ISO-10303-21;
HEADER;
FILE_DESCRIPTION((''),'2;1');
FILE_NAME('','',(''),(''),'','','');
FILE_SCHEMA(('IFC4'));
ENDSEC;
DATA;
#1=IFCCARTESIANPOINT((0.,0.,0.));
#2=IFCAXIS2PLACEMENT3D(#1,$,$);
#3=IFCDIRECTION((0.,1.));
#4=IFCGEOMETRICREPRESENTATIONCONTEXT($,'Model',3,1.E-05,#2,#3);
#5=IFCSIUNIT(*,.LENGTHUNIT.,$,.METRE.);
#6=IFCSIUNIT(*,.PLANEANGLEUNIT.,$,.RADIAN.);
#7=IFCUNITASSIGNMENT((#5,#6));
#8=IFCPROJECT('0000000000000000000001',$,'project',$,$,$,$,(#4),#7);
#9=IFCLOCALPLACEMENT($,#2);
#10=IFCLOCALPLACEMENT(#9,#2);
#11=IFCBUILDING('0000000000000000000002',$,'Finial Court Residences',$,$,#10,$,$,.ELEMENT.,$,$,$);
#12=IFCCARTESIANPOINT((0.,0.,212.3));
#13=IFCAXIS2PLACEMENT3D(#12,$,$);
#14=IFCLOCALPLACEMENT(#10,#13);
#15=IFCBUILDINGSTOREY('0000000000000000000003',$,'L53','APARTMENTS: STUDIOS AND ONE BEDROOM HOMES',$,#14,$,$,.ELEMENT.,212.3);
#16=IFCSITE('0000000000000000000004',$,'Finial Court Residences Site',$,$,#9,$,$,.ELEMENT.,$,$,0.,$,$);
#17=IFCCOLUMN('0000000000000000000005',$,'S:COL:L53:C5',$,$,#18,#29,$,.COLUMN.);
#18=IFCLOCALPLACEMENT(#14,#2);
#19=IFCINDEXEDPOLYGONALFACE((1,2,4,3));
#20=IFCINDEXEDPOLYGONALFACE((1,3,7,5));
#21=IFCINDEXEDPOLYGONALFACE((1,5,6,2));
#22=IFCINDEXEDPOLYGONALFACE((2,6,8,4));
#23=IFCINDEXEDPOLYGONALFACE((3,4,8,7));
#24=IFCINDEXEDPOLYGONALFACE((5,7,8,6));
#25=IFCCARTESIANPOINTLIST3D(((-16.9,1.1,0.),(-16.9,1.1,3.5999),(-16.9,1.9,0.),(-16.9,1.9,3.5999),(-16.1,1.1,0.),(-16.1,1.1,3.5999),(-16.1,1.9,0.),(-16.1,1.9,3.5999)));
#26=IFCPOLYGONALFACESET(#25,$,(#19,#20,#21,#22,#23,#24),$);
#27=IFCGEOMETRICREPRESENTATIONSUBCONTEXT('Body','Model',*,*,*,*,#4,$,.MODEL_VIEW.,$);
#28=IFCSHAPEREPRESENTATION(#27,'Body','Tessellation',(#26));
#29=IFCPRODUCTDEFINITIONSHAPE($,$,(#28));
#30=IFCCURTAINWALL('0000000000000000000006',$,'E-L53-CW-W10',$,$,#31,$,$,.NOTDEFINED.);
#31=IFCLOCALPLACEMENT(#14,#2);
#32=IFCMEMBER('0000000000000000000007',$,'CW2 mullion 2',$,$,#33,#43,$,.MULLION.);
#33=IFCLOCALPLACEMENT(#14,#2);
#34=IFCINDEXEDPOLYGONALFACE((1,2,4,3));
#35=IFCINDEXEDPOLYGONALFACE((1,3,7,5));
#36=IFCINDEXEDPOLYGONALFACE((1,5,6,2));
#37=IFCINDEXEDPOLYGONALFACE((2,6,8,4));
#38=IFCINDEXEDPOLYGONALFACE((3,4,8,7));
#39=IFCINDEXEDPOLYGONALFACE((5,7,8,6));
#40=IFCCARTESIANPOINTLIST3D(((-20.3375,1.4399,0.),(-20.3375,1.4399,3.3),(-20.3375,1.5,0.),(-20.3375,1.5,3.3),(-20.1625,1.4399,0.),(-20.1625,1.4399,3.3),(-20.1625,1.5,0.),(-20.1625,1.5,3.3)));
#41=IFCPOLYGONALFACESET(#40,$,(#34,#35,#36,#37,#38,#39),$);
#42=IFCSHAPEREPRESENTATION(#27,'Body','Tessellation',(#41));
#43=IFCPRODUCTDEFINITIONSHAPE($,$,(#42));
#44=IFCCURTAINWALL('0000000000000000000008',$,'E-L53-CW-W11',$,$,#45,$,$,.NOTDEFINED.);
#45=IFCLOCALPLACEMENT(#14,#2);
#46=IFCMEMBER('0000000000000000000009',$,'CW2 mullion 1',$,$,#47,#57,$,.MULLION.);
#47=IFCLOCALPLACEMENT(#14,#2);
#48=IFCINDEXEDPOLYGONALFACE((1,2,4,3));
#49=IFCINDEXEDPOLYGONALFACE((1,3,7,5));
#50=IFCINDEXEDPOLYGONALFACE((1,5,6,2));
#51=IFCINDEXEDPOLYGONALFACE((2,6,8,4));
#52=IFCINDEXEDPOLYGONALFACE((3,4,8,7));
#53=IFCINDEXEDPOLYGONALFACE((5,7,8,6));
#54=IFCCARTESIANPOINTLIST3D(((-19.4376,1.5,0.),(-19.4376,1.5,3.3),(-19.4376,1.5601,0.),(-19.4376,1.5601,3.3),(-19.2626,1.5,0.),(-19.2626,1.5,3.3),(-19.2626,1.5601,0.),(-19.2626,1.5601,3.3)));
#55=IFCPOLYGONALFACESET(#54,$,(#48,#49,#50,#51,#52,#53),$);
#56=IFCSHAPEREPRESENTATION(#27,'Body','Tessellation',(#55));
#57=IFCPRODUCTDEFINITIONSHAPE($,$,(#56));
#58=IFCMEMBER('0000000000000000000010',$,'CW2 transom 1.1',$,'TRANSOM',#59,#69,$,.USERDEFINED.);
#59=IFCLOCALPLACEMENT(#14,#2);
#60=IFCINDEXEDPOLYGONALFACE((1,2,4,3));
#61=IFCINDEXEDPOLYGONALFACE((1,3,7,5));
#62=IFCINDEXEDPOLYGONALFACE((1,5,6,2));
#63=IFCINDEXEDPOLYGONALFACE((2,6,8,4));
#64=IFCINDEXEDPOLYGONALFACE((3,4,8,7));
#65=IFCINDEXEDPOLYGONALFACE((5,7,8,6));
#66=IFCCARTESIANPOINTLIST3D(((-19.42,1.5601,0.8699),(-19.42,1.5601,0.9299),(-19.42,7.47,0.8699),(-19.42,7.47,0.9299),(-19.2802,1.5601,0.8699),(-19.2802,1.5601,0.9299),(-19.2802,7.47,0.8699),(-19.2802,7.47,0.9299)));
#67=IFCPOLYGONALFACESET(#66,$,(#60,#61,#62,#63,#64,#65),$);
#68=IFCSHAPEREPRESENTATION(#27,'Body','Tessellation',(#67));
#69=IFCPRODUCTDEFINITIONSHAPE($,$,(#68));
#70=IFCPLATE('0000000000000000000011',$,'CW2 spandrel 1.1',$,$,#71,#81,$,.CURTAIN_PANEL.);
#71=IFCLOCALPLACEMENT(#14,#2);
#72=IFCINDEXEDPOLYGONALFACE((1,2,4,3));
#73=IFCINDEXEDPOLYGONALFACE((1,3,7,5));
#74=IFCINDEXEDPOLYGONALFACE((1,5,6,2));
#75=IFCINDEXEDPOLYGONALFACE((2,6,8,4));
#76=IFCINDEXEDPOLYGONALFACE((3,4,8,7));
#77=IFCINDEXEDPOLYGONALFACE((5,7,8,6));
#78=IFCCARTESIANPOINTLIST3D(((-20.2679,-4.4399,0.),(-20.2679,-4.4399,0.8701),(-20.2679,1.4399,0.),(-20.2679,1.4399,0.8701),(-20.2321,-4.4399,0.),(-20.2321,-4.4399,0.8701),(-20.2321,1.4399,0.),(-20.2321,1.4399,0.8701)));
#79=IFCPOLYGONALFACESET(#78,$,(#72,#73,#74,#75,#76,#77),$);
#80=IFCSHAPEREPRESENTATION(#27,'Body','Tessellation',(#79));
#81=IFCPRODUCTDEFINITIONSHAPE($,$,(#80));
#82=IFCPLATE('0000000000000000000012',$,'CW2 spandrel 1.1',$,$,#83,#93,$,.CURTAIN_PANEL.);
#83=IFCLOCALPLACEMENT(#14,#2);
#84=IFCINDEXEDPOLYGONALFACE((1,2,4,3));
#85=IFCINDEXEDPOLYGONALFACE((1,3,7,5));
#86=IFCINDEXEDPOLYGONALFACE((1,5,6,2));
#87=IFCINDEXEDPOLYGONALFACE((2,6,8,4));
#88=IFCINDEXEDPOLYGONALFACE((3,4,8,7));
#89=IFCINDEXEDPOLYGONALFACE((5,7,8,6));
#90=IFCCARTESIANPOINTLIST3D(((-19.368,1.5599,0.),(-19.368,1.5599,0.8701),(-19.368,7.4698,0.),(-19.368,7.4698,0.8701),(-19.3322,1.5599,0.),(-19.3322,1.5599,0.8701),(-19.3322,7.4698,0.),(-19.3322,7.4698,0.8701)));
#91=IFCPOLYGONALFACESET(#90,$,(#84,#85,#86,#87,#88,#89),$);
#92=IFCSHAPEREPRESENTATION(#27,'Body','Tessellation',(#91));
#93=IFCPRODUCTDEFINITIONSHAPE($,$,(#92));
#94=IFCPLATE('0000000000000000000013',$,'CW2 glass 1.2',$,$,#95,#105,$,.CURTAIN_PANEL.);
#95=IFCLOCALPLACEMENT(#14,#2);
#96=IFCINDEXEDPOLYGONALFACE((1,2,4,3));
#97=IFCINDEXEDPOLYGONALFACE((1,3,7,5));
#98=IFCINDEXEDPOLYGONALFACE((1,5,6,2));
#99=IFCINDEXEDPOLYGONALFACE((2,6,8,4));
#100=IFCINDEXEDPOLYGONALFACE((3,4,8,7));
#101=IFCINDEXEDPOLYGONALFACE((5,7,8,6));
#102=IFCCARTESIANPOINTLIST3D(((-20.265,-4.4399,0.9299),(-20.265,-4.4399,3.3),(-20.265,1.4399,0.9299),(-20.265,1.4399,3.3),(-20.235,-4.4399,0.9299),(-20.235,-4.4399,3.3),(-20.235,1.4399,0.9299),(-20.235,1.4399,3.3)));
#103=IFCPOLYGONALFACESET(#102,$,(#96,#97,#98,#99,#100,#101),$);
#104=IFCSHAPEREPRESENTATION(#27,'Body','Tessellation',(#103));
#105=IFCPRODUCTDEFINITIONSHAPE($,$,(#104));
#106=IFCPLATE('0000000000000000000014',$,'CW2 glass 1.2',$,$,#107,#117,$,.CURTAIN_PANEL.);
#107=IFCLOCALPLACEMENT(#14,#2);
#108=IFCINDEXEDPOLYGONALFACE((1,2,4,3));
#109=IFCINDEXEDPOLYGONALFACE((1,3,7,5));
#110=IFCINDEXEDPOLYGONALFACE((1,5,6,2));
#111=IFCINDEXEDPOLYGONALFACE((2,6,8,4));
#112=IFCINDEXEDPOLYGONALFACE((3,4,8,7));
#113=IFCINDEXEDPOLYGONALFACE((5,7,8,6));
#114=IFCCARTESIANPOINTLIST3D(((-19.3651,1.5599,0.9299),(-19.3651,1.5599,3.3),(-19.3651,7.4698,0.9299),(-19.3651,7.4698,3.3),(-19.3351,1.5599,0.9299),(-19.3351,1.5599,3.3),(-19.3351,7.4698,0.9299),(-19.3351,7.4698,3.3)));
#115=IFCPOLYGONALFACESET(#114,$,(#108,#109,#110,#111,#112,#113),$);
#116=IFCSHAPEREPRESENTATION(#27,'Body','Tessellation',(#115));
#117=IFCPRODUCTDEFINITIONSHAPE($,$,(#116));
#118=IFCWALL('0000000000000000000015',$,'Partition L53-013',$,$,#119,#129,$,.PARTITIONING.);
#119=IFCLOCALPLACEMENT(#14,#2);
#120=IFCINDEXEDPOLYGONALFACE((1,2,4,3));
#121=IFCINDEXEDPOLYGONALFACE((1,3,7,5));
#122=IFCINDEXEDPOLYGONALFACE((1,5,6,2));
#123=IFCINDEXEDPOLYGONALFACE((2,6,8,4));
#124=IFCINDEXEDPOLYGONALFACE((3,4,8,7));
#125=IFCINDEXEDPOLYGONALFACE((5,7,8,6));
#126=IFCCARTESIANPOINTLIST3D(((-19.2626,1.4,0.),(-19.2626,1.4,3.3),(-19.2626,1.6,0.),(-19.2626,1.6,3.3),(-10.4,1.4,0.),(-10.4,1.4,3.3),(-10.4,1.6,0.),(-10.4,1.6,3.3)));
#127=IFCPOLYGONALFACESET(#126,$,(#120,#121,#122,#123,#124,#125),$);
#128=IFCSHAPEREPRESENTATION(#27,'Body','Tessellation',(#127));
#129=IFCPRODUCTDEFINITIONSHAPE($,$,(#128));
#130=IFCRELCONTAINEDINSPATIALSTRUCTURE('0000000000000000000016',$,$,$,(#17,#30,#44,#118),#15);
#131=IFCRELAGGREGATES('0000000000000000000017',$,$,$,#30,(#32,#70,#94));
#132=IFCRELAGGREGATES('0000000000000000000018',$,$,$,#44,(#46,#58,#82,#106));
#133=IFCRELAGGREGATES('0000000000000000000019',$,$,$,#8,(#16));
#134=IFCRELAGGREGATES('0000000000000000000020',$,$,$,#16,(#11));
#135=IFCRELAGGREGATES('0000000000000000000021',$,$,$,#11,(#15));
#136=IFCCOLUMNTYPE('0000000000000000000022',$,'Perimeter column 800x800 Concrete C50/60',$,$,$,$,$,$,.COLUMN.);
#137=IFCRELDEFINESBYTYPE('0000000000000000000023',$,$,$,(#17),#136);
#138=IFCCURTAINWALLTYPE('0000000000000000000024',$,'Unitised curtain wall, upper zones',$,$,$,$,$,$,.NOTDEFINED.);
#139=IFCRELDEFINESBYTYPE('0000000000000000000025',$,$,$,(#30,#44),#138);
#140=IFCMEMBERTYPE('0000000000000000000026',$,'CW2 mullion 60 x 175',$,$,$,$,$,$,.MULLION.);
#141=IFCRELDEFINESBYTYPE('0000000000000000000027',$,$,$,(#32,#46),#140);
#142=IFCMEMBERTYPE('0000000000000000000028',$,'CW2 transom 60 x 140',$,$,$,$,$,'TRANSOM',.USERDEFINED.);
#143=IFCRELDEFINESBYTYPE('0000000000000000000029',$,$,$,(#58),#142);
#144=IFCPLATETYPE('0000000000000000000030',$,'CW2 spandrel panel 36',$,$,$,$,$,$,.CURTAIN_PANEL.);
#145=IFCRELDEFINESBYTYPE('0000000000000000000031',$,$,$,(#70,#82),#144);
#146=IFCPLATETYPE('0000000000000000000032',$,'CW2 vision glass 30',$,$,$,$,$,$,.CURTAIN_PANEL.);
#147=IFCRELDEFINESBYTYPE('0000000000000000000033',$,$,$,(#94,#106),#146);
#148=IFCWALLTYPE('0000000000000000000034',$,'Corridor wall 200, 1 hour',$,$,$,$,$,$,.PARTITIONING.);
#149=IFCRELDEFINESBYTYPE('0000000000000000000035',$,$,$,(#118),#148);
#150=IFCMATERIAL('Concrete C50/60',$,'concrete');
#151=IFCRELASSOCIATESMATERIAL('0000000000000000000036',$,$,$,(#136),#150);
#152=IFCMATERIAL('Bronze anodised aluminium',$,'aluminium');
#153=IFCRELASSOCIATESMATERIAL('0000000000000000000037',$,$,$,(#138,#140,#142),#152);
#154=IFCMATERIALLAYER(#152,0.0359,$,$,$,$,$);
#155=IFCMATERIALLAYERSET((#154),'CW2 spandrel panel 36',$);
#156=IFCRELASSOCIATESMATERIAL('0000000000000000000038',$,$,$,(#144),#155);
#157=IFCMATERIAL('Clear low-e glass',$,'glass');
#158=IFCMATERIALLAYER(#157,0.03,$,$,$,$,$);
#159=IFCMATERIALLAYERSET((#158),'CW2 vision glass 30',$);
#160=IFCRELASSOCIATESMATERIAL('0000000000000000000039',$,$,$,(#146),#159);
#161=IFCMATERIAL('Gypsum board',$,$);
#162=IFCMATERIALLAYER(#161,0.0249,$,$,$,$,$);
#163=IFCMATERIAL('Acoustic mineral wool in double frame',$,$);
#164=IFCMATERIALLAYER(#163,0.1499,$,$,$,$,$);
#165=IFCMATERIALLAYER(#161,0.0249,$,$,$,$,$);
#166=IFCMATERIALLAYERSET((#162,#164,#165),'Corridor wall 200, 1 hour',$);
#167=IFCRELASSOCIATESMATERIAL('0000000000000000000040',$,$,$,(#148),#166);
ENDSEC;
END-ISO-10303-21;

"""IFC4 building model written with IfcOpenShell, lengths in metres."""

from ifc_helpers import new_model, si_unit, direction, frame, frame_2d, origin, origin_2d, place, context, subcontext, project, spatial, rectangle, extrude, material, layer, layer_set, material_profile, profile_set, type_object, element, aggregate, save


model = new_model("IFC4")

# Units and contexts
model_context = context("Model", 3, precision=1e-05, world=origin(), true_north=direction((0.0, 1.0)))
body_context = subcontext(model_context, "Body", "Model", "MODEL_VIEW")
ifc_project = project(units=[si_unit("LENGTHUNIT", "METRE"), si_unit("PLANEANGLEUNIT", "RADIAN")], contexts=[model_context])

# Site, building, storey
site_placement = place(None, origin())
site = spatial("IfcSite", under=ifc_project, at=site_placement, Name="Finial Court Residences Site", CompositionType="ELEMENT", RefElevation=0.0)
building_placement = place(site_placement, origin())
building = spatial("IfcBuilding", under=site, at=building_placement, Name="Finial Court Residences", CompositionType="ELEMENT")
storey_placement = place(building_placement, frame((0.0, 0.0, 212.3)))
storey = spatial("IfcBuildingStorey", under=building, at=storey_placement, Name="L53", Description="APARTMENTS: STUDIOS AND ONE BEDROOM HOMES", CompositionType="ELEMENT", Elevation=212.3)

# Column
ifc_material_1 = material(Name="Concrete C50/60", Category="concrete")
ifc_material_profile_1 = material_profile(ifc_material_1, rectangle(XDim=0.8, YDim=0.8, at=origin_2d()), Name="800x800")
ifc_profile_set_1 = profile_set([ifc_material_profile_1], Name="Concrete C50/60")
column_type = type_object("IfcColumnType", Name="Perimeter column 800x800 Concrete C50/60", PredefinedType="COLUMN", material=ifc_profile_set_1)
column_placement = place(storey_placement, frame((-16.5, 1.5, 0.0), z_axis=(0.0, 0.0, 1.0), x_axis=(1.0, 0.0, 0.0)))
element("IfcColumn", 1, at=column_placement, inside=storey, type_object=column_type, Name="S:COL:L53:C5", PredefinedType="COLUMN", context=body_context, shape_type="SweptSolid", body=[
    extrude(rectangle(XDim=0.8, YDim=0.8, at=origin_2d()), origin(), (0.0, 0.0, 1.0), 3.5999),
])

# Curtain wall, member
ifc_material_2 = material(Name="Bronze anodised aluminium", Category="aluminium")
curtain_wall_type = type_object("IfcCurtainWallType", Name="Unitised curtain wall, upper zones", PredefinedType="NOTDEFINED", material=ifc_material_2)
curtain_wall_1_placement = place(storey_placement, origin())
curtain_wall_1 = element("IfcCurtainWall", 2, at=curtain_wall_1_placement, inside=storey, type_object=curtain_wall_type, Name="E-L53-CW-W10", PredefinedType="NOTDEFINED")
ifc_material_profile_2 = material_profile(ifc_material_2, rectangle(XDim=0.175, YDim=0.0601, at=origin_2d()), Name="CW2 mullion 60 x 175")
ifc_profile_set_2 = profile_set([ifc_material_profile_2], Name="Bronze anodised aluminium")
member_type_1 = type_object("IfcMemberType", Name="CW2 mullion 60 x 175", PredefinedType="MULLION", material=ifc_profile_set_2)
member_1_placement = place(storey_placement, frame((-20.25, 1.47, 0.0), z_axis=(0.0, 0.0, 1.0), x_axis=(-1.0, 0.0, 0.0)))
member_1 = element("IfcMember", 3, at=member_1_placement, type_object=member_type_1, Name="CW2 mullion 2", PredefinedType="MULLION", context=body_context, shape_type="SweptSolid", body=[
    extrude(rectangle(XDim=0.175, YDim=0.0601, at=origin_2d()), origin(), (0.0, 0.0, 1.0), 3.3),
])

# Curtain wall, members
curtain_wall_2_placement = place(storey_placement, origin())
curtain_wall_2 = element("IfcCurtainWall", 4, at=curtain_wall_2_placement, inside=storey, type_object=curtain_wall_type, Name="E-L53-CW-W11", PredefinedType="NOTDEFINED")
member_2_placement = place(storey_placement, frame((-19.3501, 1.53, 0.0), z_axis=(0.0, 0.0, 1.0), x_axis=(-1.0, 0.0, 0.0)))
member_2 = element("IfcMember", 5, at=member_2_placement, type_object=member_type_1, Name="CW2 mullion 1", PredefinedType="MULLION", context=body_context, shape_type="SweptSolid", body=[
    extrude(rectangle(XDim=0.175, YDim=0.0601, at=origin_2d()), origin(), (0.0, 0.0, 1.0), 3.3),
])
ifc_material_profile_3 = material_profile(ifc_material_2, rectangle(XDim=0.1399, YDim=0.0601, at=origin_2d()), Name="CW2 transom 60 x 140")
ifc_profile_set_3 = profile_set([ifc_material_profile_3], Name="Bronze anodised aluminium")
member_type_2 = type_object("IfcMemberType", Name="CW2 transom 60 x 140", ElementType="TRANSOM", PredefinedType="USERDEFINED", material=ifc_profile_set_3)
member_3_placement = place(storey_placement, frame((-19.3501, 1.5601, 0.8999), z_axis=(0.0, 1.0, 0.0), x_axis=(-1.0, 0.0, 0.0)))
member_3 = element("IfcMember", 6, at=member_3_placement, type_object=member_type_2, Name="CW2 transom 1.1", ObjectType="TRANSOM", PredefinedType="USERDEFINED", context=body_context, shape_type="SweptSolid", body=[
    extrude(rectangle(XDim=0.1399, YDim=0.0601, at=origin_2d()), origin(), (0.0, 0.0, 1.0), 5.9099),
])

# Plates
ifc_layer_1 = layer(ifc_material_2, 0.0359)
ifc_layer_set_1 = layer_set([ifc_layer_1], Name="CW2 spandrel panel 36")
plate_type_1 = type_object("IfcPlateType", Name="CW2 spandrel panel 36", PredefinedType="CURTAIN_PANEL", material=ifc_layer_set_1)
plate_1_placement = place(storey_placement, frame((-20.25, -1.5, 0.0), z_axis=(0.0, 0.0, 1.0), x_axis=(0.0, 1.0, 0.0)))
plate_1 = element("IfcPlate", 7, at=plate_1_placement, type_object=plate_type_1, Name="CW2 spandrel 1.1", PredefinedType="CURTAIN_PANEL", context=body_context, shape_type="SweptSolid", body=[
    extrude(rectangle(XDim=5.8799, YDim=0.0359, at=origin_2d()), origin(), (0.0, 0.0, 1.0), 0.8701),
])
plate_2_placement = place(storey_placement, frame((-19.3501, 4.5149, 0.0), z_axis=(0.0, 0.0, 1.0), x_axis=(0.0, 1.0, 0.0)))
plate_2 = element("IfcPlate", 8, at=plate_2_placement, type_object=plate_type_1, Name="CW2 spandrel 1.1", PredefinedType="CURTAIN_PANEL", context=body_context, shape_type="SweptSolid", body=[
    extrude(rectangle(XDim=5.9099, YDim=0.0359, at=origin_2d()), origin(), (0.0, 0.0, 1.0), 0.8701),
])
ifc_material_3 = material(Name="Clear low-e glass", Category="glass")
ifc_layer_2 = layer(ifc_material_3, 0.03)
ifc_layer_set_2 = layer_set([ifc_layer_2], Name="CW2 vision glass 30")
plate_type_2 = type_object("IfcPlateType", Name="CW2 vision glass 30", PredefinedType="CURTAIN_PANEL", material=ifc_layer_set_2)
plate_3_placement = place(storey_placement, frame((-20.25, -1.5, 0.9299), z_axis=(0.0, 0.0, 1.0), x_axis=(0.0, 1.0, 0.0)))
plate_3 = element("IfcPlate", 9, at=plate_3_placement, type_object=plate_type_2, Name="CW2 glass 1.2", PredefinedType="CURTAIN_PANEL", context=body_context, shape_type="SweptSolid", body=[
    extrude(rectangle(XDim=5.8799, YDim=0.03, at=origin_2d()), origin(), (0.0, 0.0, 1.0), 2.3701),
])
aggregate(curtain_wall_1, [member_1, plate_1, plate_3])
plate_4_placement = place(storey_placement, frame((-19.3501, 4.5149, 0.9299), z_axis=(0.0, 0.0, 1.0), x_axis=(0.0, 1.0, 0.0)))
plate_4 = element("IfcPlate", 10, at=plate_4_placement, type_object=plate_type_2, Name="CW2 glass 1.2", PredefinedType="CURTAIN_PANEL", context=body_context, shape_type="SweptSolid", body=[
    extrude(rectangle(XDim=5.9099, YDim=0.03, at=origin_2d()), origin(), (0.0, 0.0, 1.0), 2.3701),
])
aggregate(curtain_wall_2, [member_2, member_3, plate_2, plate_4])

# Wall
ifc_material_4 = material(Name="Gypsum board")
ifc_layer_3 = layer(ifc_material_4, 0.0249)
ifc_material_5 = material(Name="Acoustic mineral wool in double frame")
ifc_layer_4 = layer(ifc_material_5, 0.1499)
ifc_layer_5 = layer(ifc_material_4, 0.0249)
ifc_layer_set_3 = layer_set([ifc_layer_3, ifc_layer_4, ifc_layer_5], Name="Corridor wall 200, 1 hour")
wall_type_1 = type_object("IfcWallType", Name="Corridor wall 200, 1 hour", PredefinedType="PARTITIONING", material=ifc_layer_set_3)
wall_1_placement = place(storey_placement, frame((-19.2625, 1.5, 0.0), z_axis=(0.0, 0.0, 1.0), x_axis=(1.0, 0.0, 0.0)))
element("IfcWall", 11, at=wall_1_placement, inside=storey, type_object=wall_type_1, Name="Partition L53-013", PredefinedType="PARTITIONING", context=body_context, shape_type="SweptSolid", body=[
    extrude(rectangle(XDim=8.8625, YDim=0.2, at=frame_2d((4.4312, 0.0))), origin(), (0.0, 0.0, 1.0), 3.3),
])

save(model, "model.ifc")
